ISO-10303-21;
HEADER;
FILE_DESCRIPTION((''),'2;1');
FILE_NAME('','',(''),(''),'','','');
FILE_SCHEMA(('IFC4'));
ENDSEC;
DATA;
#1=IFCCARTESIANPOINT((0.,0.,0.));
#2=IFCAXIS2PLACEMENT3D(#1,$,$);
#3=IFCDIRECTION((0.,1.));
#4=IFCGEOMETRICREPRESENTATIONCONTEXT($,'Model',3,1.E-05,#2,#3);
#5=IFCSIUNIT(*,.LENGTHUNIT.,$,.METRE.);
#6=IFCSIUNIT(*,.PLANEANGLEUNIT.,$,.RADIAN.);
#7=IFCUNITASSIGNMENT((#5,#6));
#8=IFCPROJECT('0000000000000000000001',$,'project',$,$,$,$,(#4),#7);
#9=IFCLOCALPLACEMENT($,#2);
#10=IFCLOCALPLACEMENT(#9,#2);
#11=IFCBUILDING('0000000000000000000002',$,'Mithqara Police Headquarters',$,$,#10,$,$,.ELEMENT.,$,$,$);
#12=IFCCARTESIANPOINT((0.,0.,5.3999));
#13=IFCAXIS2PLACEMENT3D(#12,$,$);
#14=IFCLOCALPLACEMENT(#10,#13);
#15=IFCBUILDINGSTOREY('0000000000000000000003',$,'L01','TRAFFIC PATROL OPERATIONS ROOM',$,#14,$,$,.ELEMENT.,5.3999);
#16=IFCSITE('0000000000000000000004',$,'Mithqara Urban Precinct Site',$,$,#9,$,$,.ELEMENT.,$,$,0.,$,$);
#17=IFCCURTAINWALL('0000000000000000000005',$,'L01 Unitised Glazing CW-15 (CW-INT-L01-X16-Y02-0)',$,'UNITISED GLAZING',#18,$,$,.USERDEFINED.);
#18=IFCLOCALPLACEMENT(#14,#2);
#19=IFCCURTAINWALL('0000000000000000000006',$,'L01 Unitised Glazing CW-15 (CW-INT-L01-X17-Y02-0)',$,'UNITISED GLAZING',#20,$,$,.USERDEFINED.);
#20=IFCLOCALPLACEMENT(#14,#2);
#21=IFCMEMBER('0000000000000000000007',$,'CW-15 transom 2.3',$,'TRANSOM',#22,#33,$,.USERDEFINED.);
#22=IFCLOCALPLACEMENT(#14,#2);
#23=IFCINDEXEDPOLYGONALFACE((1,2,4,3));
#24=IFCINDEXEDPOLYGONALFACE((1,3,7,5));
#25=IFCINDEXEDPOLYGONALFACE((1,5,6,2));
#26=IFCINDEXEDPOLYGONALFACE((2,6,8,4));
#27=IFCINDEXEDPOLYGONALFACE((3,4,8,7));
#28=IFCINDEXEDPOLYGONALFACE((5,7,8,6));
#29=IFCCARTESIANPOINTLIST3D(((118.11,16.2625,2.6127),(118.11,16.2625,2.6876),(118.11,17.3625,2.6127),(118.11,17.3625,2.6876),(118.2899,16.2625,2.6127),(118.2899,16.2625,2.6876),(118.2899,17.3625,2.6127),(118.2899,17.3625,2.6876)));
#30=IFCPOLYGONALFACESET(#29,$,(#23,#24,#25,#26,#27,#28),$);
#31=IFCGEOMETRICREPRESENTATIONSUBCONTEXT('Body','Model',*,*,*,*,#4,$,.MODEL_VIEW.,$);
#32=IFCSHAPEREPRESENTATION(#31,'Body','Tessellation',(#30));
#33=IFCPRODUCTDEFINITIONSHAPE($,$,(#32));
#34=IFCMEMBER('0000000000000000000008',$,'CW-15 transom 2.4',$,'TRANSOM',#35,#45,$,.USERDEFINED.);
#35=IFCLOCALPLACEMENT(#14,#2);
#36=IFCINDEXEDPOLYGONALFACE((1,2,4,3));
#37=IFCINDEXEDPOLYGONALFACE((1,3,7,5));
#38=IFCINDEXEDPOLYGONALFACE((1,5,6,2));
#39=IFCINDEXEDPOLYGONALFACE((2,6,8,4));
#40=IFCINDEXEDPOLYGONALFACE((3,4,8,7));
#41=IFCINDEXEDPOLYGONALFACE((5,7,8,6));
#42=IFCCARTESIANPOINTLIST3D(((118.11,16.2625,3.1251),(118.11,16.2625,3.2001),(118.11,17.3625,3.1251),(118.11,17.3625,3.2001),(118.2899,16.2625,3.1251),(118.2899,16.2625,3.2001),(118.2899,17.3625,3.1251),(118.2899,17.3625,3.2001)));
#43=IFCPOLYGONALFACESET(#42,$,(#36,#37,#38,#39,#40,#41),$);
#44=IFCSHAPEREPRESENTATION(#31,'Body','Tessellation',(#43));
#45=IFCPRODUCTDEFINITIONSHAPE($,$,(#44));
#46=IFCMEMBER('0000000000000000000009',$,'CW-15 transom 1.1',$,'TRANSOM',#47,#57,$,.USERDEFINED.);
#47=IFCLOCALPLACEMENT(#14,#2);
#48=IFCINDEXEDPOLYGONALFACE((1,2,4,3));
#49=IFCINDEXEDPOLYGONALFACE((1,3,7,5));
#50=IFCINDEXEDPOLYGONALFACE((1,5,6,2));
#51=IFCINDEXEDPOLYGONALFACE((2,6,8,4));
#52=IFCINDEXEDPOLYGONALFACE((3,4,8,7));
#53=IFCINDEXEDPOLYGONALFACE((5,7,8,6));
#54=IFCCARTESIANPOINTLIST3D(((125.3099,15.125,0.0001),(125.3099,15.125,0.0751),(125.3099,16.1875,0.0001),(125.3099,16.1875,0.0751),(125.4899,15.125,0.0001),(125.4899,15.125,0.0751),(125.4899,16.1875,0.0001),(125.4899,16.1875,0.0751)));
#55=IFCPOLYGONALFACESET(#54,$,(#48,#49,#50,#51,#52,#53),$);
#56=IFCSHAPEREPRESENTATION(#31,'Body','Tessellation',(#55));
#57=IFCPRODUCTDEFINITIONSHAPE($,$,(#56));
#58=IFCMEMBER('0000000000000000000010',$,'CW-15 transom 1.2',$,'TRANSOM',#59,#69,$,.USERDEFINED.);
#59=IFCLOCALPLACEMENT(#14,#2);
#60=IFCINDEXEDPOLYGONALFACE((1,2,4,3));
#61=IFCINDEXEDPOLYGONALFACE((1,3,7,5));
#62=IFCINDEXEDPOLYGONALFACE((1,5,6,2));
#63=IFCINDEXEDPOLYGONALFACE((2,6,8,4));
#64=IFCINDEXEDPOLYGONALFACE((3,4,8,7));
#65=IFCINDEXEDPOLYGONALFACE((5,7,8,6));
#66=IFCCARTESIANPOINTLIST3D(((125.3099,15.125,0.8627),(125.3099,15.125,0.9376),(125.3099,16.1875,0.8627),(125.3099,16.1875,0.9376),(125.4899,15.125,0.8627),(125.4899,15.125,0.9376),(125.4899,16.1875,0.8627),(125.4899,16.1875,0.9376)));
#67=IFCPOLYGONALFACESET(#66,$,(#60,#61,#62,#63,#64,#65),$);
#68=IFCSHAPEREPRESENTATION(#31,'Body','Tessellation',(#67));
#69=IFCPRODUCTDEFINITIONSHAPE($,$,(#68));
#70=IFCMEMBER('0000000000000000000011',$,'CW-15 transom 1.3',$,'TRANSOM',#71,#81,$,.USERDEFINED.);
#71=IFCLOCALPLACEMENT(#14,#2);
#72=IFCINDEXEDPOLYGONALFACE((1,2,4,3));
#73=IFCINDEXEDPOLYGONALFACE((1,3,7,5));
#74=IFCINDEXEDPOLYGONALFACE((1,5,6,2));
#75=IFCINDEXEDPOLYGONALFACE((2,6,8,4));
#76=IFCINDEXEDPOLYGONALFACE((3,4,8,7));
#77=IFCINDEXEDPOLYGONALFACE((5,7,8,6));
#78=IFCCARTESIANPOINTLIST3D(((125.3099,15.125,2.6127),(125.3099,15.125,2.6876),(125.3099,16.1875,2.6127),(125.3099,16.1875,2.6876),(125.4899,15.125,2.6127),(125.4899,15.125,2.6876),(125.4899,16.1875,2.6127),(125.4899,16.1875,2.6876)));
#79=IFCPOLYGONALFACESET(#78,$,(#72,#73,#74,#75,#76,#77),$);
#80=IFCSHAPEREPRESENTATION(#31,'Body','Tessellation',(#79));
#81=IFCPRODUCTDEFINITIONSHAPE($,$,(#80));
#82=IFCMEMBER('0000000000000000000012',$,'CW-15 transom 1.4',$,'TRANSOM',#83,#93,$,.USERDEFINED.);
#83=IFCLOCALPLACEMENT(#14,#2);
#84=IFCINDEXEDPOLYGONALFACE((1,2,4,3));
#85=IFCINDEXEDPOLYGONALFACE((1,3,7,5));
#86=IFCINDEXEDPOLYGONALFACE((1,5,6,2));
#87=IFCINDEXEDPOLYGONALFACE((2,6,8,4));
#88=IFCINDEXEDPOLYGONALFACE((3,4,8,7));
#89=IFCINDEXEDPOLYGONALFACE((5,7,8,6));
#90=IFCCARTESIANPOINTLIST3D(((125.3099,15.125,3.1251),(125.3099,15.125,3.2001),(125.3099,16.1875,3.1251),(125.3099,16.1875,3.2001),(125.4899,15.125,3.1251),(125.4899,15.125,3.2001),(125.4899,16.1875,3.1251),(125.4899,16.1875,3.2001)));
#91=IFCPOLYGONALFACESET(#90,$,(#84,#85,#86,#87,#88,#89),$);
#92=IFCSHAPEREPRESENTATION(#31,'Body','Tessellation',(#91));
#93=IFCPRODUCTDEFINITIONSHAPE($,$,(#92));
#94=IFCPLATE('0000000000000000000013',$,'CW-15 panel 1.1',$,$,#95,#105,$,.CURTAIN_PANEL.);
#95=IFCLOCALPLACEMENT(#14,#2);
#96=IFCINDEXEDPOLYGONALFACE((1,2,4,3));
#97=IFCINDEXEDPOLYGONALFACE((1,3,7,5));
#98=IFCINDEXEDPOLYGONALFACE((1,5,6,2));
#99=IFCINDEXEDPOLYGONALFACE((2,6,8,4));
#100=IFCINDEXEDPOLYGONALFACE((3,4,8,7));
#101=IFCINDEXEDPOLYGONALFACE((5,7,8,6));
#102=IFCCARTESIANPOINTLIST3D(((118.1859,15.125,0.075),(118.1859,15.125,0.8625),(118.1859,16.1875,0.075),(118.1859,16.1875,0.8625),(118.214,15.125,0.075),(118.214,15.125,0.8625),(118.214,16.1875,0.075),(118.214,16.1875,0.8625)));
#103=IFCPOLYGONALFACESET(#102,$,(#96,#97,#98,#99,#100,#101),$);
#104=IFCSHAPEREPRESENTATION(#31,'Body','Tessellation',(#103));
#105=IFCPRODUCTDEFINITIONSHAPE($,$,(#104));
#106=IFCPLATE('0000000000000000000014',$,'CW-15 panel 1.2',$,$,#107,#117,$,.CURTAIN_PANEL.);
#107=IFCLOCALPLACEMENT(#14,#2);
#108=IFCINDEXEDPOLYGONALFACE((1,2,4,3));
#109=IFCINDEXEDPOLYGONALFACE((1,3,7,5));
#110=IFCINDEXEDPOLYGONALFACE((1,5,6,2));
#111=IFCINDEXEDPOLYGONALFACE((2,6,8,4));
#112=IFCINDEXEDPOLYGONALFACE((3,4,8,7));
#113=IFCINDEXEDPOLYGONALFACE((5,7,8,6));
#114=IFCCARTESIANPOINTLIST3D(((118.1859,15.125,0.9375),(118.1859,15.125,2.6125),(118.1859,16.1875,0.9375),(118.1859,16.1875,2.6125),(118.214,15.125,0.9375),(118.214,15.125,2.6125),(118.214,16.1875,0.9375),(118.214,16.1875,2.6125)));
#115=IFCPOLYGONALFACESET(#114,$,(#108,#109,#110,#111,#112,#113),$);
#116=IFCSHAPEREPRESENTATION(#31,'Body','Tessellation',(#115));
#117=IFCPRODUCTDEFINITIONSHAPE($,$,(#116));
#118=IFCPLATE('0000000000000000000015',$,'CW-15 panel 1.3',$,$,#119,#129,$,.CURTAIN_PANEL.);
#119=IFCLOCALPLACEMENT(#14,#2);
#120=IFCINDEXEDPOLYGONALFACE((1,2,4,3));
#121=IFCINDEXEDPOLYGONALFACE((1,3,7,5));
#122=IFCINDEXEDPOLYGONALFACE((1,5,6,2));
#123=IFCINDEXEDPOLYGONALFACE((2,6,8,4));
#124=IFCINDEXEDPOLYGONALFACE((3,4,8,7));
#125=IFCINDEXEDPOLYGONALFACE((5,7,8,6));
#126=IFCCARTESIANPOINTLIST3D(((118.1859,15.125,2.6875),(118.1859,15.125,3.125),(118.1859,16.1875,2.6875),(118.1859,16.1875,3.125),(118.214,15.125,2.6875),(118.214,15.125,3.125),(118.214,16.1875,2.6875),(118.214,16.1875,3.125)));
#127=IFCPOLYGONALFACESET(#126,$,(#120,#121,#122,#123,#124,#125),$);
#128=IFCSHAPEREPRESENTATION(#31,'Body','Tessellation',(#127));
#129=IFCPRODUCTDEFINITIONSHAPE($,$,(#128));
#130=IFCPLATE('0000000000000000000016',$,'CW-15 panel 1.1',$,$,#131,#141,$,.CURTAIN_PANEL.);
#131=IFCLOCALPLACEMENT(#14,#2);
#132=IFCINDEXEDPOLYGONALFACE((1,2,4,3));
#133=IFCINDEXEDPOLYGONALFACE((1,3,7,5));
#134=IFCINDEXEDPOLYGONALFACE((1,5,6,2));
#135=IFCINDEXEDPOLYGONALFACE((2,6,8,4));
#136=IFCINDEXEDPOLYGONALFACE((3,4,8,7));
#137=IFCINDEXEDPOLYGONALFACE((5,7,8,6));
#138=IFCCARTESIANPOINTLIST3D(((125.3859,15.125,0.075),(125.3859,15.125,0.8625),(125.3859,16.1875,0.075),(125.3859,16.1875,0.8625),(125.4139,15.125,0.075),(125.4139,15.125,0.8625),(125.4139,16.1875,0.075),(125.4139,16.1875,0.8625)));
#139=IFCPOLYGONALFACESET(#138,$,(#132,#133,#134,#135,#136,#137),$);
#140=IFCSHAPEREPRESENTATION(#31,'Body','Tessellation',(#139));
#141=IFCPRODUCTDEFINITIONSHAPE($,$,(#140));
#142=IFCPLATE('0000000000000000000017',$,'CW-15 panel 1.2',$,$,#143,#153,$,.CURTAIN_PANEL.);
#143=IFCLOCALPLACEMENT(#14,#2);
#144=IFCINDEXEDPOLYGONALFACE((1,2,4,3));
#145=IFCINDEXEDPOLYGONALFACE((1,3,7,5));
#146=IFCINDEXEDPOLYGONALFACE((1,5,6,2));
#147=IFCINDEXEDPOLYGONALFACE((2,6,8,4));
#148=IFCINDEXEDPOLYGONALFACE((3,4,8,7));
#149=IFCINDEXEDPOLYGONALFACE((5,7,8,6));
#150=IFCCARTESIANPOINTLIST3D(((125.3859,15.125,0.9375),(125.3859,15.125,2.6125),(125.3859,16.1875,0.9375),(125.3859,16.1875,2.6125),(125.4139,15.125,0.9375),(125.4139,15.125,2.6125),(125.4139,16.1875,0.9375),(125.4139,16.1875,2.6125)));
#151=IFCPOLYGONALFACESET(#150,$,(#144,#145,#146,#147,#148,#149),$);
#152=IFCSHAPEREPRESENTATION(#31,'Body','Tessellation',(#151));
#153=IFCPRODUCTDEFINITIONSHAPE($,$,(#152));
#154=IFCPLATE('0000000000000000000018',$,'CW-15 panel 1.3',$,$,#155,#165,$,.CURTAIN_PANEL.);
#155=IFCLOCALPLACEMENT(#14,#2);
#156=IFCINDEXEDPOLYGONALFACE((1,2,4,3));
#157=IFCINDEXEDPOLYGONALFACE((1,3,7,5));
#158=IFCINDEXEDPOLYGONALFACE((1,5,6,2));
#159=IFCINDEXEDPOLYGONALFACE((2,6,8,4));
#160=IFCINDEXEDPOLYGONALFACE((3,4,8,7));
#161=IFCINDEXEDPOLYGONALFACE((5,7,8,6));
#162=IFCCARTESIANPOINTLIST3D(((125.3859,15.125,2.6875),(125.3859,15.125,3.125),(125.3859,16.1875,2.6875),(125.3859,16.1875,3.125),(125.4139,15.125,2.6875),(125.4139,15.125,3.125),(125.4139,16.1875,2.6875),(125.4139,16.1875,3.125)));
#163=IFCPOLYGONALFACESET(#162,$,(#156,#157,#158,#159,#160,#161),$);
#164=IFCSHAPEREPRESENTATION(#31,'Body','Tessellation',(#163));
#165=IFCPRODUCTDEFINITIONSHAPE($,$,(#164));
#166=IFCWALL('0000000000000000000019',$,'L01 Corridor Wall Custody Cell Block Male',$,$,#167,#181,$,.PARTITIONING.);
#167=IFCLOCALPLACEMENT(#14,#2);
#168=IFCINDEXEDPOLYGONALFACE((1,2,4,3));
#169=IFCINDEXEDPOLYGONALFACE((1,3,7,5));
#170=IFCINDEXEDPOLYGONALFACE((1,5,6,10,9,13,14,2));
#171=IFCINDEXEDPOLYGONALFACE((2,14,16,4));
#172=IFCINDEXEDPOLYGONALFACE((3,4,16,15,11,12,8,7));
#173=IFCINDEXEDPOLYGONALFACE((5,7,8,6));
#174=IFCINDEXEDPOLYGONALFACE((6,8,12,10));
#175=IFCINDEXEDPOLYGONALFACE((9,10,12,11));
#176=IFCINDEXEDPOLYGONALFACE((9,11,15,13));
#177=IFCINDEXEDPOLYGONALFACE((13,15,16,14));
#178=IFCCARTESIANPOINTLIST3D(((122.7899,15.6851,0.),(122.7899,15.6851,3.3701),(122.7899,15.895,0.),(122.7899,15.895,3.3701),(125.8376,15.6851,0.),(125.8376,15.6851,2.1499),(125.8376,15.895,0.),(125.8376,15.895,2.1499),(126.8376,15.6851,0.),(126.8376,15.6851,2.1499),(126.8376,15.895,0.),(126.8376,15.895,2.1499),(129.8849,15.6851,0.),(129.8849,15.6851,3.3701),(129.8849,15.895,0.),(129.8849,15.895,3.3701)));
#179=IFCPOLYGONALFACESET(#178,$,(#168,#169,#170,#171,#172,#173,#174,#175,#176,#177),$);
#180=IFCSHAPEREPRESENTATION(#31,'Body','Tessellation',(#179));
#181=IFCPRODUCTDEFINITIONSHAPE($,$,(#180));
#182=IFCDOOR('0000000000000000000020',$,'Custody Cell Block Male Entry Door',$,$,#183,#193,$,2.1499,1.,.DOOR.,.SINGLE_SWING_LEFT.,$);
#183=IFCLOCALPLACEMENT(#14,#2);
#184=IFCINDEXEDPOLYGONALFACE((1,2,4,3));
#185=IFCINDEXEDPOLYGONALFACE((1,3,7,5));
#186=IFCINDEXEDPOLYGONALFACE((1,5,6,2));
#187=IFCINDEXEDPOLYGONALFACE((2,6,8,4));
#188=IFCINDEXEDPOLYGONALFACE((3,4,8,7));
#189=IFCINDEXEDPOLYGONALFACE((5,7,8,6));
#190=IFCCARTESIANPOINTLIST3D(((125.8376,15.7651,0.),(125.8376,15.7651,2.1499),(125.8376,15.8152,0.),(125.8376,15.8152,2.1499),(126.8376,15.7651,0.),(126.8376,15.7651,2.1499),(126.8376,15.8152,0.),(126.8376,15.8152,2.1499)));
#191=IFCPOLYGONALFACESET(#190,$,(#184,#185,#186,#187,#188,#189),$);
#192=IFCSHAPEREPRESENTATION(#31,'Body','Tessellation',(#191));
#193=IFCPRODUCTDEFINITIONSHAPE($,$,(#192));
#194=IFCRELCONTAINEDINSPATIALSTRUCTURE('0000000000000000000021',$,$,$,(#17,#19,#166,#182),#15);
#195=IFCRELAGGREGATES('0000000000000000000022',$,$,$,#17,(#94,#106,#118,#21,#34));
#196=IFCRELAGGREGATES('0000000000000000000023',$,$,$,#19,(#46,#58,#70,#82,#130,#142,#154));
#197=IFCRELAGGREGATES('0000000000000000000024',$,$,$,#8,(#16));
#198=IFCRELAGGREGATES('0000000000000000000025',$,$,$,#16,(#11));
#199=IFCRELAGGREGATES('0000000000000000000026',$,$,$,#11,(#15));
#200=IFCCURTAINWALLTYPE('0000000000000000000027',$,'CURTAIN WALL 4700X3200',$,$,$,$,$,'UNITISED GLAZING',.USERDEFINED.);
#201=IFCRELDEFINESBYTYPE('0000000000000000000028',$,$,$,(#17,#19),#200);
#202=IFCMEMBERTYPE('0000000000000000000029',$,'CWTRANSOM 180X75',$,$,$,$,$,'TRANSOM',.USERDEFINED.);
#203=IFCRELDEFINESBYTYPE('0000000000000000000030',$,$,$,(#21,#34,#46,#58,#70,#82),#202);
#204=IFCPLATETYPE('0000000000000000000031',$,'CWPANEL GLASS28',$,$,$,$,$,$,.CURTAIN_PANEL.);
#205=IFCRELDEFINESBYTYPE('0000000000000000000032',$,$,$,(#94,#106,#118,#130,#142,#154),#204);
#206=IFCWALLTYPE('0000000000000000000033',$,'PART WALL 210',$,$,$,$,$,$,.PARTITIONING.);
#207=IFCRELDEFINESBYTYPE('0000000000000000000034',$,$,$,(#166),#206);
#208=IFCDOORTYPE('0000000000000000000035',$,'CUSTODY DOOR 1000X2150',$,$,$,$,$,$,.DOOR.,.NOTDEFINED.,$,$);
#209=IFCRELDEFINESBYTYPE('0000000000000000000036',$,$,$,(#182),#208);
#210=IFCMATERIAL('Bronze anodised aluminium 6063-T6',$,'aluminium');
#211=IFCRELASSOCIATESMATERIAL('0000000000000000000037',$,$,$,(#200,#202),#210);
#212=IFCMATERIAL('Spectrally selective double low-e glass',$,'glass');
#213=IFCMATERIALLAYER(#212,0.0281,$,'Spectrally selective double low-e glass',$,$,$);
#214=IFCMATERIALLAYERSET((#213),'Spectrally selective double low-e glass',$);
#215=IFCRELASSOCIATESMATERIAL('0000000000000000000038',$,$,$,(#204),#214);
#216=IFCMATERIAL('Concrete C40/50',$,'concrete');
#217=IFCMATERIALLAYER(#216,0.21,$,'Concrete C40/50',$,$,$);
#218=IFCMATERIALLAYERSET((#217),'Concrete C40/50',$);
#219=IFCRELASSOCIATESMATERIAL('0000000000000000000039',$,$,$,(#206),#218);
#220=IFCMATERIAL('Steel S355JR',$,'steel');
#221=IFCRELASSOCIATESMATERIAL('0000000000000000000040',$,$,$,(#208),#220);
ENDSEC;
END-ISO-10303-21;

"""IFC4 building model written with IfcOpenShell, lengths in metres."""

from ifc_helpers import new_model, si_unit, direction, frame, frame_2d, origin, origin_2d, place, context, subcontext, project, spatial, rectangle, extrude, material, layer, layer_set, material_profile, profile_set, type_object, element, fill, aggregate, save


model = new_model("IFC4")

# Units and contexts
model_context = context("Model", 3, precision=1e-05, world=origin(), true_north=direction((0.0, 1.0)))
body_context = subcontext(model_context, "Body", "Model", "MODEL_VIEW")
ifc_project = project(units=[si_unit("LENGTHUNIT", "METRE"), si_unit("PLANEANGLEUNIT", "RADIAN")], contexts=[model_context])

# Site, building, storey
site_placement = place(None, origin())
site = spatial("IfcSite", under=ifc_project, at=site_placement, Name="Mithqara Urban Precinct Site", CompositionType="ELEMENT", RefElevation=0.0)
building_placement = place(site_placement, origin())
building = spatial("IfcBuilding", under=site, at=building_placement, Name="Mithqara Police Headquarters", CompositionType="ELEMENT")
storey_placement = place(building_placement, frame((0.0, 0.0, 5.3999)))
storey = spatial("IfcBuildingStorey", under=building, at=storey_placement, Name="L01", Description="TRAFFIC PATROL OPERATIONS ROOM", CompositionType="ELEMENT", Elevation=5.3999)

# Shared definitions
ifc_material_1 = material(Name="Steel S355JR", Category="steel")

# Curtain walls
ifc_material_2 = material(Name="Bronze anodised aluminium 6063-T6", Category="aluminium")
curtain_wall_type = type_object("IfcCurtainWallType", Name="CURTAIN WALL 4700X3200", ElementType="UNITISED GLAZING", PredefinedType="USERDEFINED", material=ifc_material_2)
curtain_wall_1_placement = place(storey_placement, origin())
curtain_wall_1 = element("IfcCurtainWall", 1, at=curtain_wall_1_placement, inside=storey, type_object=curtain_wall_type, Name="L01 Unitised Glazing CW-15 (CW-INT-L01-X16-Y02-0)", ObjectType="UNITISED GLAZING", PredefinedType="USERDEFINED")
curtain_wall_2_placement = place(storey_placement, origin())
curtain_wall_2 = element("IfcCurtainWall", 2, at=curtain_wall_2_placement, inside=storey, type_object=curtain_wall_type, Name="L01 Unitised Glazing CW-15 (CW-INT-L01-X17-Y02-0)", ObjectType="UNITISED GLAZING", PredefinedType="USERDEFINED")

# Members
ifc_material_profile_1 = material_profile(ifc_material_2, rectangle(XDim=0.1799, YDim=0.075, at=origin_2d()), Name="CWT 180x75")
ifc_profile_set_1 = profile_set([ifc_material_profile_1], Name="Bronze anodised aluminium 6063-T6")
member_type_1 = type_object("IfcMemberType", Name="CWTRANSOM 180X75", ElementType="TRANSOM", PredefinedType="USERDEFINED", material=ifc_profile_set_1)
member_1_placement = place(storey_placement, frame((118.2, 16.2625, 2.6501), z_axis=(0.0, 1.0, 0.0), x_axis=(-1.0, 0.0, 0.0)))
member_1 = element("IfcMember", 3, at=member_1_placement, type_object=member_type_1, Name="CW-15 transom 2.3", ObjectType="TRANSOM", PredefinedType="USERDEFINED", context=body_context, shape_type="SweptSolid", body=[
    extrude(rectangle(XDim=0.1799, YDim=0.075, at=origin_2d()), origin(), (0.0, 0.0, 1.0), 1.1001),
])
member_2_placement = place(storey_placement, frame((118.2, 16.2625, 3.1626), z_axis=(0.0, 1.0, 0.0), x_axis=(-1.0, 0.0, 0.0)))
member_2 = element("IfcMember", 4, at=member_2_placement, type_object=member_type_1, Name="CW-15 transom 2.4", ObjectType="TRANSOM", PredefinedType="USERDEFINED", context=body_context, shape_type="SweptSolid", body=[
    extrude(rectangle(XDim=0.1799, YDim=0.075, at=origin_2d()), origin(), (0.0, 0.0, 1.0), 1.1001),
])
member_3_placement = place(storey_placement, frame((125.3999, 15.125, 0.0376), z_axis=(0.0, 1.0, 0.0), x_axis=(-1.0, 0.0, 0.0)))
member_3 = element("IfcMember", 5, at=member_3_placement, type_object=member_type_1, Name="CW-15 transom 1.1", ObjectType="TRANSOM", PredefinedType="USERDEFINED", context=body_context, shape_type="SweptSolid", body=[
    extrude(rectangle(XDim=0.1799, YDim=0.075, at=origin_2d()), origin(), (0.0, 0.0, 1.0), 1.0625),
])
member_4_placement = place(storey_placement, frame((125.3999, 15.125, 0.9001), z_axis=(0.0, 1.0, 0.0), x_axis=(-1.0, 0.0, 0.0)))
member_4 = element("IfcMember", 6, at=member_4_placement, type_object=member_type_1, Name="CW-15 transom 1.2", ObjectType="TRANSOM", PredefinedType="USERDEFINED", context=body_context, shape_type="SweptSolid", body=[
    extrude(rectangle(XDim=0.1799, YDim=0.075, at=origin_2d()), origin(), (0.0, 0.0, 1.0), 1.0625),
])
member_5_placement = place(storey_placement, frame((125.3999, 15.125, 2.6501), z_axis=(0.0, 1.0, 0.0), x_axis=(-1.0, 0.0, 0.0)))
member_5 = element("IfcMember", 7, at=member_5_placement, type_object=member_type_1, Name="CW-15 transom 1.3", ObjectType="TRANSOM", PredefinedType="USERDEFINED", context=body_context, shape_type="SweptSolid", body=[
    extrude(rectangle(XDim=0.1799, YDim=0.075, at=origin_2d()), origin(), (0.0, 0.0, 1.0), 1.0625),
])
member_6_placement = place(storey_placement, frame((125.3999, 15.125, 3.1626), z_axis=(0.0, 1.0, 0.0), x_axis=(-1.0, 0.0, 0.0)))
member_6 = element("IfcMember", 8, at=member_6_placement, type_object=member_type_1, Name="CW-15 transom 1.4", ObjectType="TRANSOM", PredefinedType="USERDEFINED", context=body_context, shape_type="SweptSolid", body=[
    extrude(rectangle(XDim=0.1799, YDim=0.075, at=origin_2d()), origin(), (0.0, 0.0, 1.0), 1.0625),
])

# Plates
ifc_material_3 = material(Name="Spectrally selective double low-e glass", Category="glass")
ifc_layer_1 = layer(ifc_material_3, 0.0281, Name="Spectrally selective double low-e glass")
ifc_layer_set_1 = layer_set([ifc_layer_1], Name="Spectrally selective double low-e glass")
plate_type = type_object("IfcPlateType", Name="CWPANEL GLASS28", PredefinedType="CURTAIN_PANEL", material=ifc_layer_set_1)
plate_1_placement = place(storey_placement, frame((118.2, 15.6562, 0.075), z_axis=(0.0, 0.0, 1.0), x_axis=(0.0, 1.0, 0.0)))
plate_1 = element("IfcPlate", 9, at=plate_1_placement, type_object=plate_type, Name="CW-15 panel 1.1", PredefinedType="CURTAIN_PANEL", context=body_context, shape_type="SweptSolid", body=[
    extrude(rectangle(XDim=1.0625, YDim=0.0281, at=origin_2d()), origin(), (0.0, 0.0, 1.0), 0.7876),
])
plate_2_placement = place(storey_placement, frame((118.2, 15.6562, 0.9375), z_axis=(0.0, 0.0, 1.0), x_axis=(0.0, 1.0, 0.0)))
plate_2 = element("IfcPlate", 10, at=plate_2_placement, type_object=plate_type, Name="CW-15 panel 1.2", PredefinedType="CURTAIN_PANEL", context=body_context, shape_type="SweptSolid", body=[
    extrude(rectangle(XDim=1.0625, YDim=0.0281, at=origin_2d()), origin(), (0.0, 0.0, 1.0), 1.675),
])
plate_3_placement = place(storey_placement, frame((118.2, 15.6562, 2.6875), z_axis=(0.0, 0.0, 1.0), x_axis=(0.0, 1.0, 0.0)))
plate_3 = element("IfcPlate", 11, at=plate_3_placement, type_object=plate_type, Name="CW-15 panel 1.3", PredefinedType="CURTAIN_PANEL", context=body_context, shape_type="SweptSolid", body=[
    extrude(rectangle(XDim=1.0625, YDim=0.0281, at=origin_2d()), origin(), (0.0, 0.0, 1.0), 0.4375),
])
aggregate(curtain_wall_1, [plate_1, plate_2, plate_3, member_1, member_2])
plate_4_placement = place(storey_placement, frame((125.3999, 15.6562, 0.075), z_axis=(0.0, 0.0, 1.0), x_axis=(0.0, 1.0, 0.0)))
plate_4 = element("IfcPlate", 12, at=plate_4_placement, type_object=plate_type, Name="CW-15 panel 1.1", PredefinedType="CURTAIN_PANEL", context=body_context, shape_type="SweptSolid", body=[
    extrude(rectangle(XDim=1.0625, YDim=0.0281, at=origin_2d()), origin(), (0.0, 0.0, 1.0), 0.7876),
])
plate_5_placement = place(storey_placement, frame((125.3999, 15.6562, 0.9375), z_axis=(0.0, 0.0, 1.0), x_axis=(0.0, 1.0, 0.0)))
plate_5 = element("IfcPlate", 13, at=plate_5_placement, type_object=plate_type, Name="CW-15 panel 1.2", PredefinedType="CURTAIN_PANEL", context=body_context, shape_type="SweptSolid", body=[
    extrude(rectangle(XDim=1.0625, YDim=0.0281, at=origin_2d()), origin(), (0.0, 0.0, 1.0), 1.675),
])
plate_6_placement = place(storey_placement, frame((125.3999, 15.6562, 2.6875), z_axis=(0.0, 0.0, 1.0), x_axis=(0.0, 1.0, 0.0)))
plate_6 = element("IfcPlate", 14, at=plate_6_placement, type_object=plate_type, Name="CW-15 panel 1.3", PredefinedType="CURTAIN_PANEL", context=body_context, shape_type="SweptSolid", body=[
    extrude(rectangle(XDim=1.0625, YDim=0.0281, at=origin_2d()), origin(), (0.0, 0.0, 1.0), 0.4375),
])
aggregate(curtain_wall_2, [member_3, member_4, member_5, member_6, plate_4, plate_5, plate_6])

# Wall, opening, door
ifc_material_4 = material(Name="Concrete C40/50", Category="concrete")
ifc_layer_2 = layer(ifc_material_4, 0.21, Name="Concrete C40/50")
ifc_layer_set_2 = layer_set([ifc_layer_2], Name="Concrete C40/50")
wall_type = type_object("IfcWallType", Name="PART WALL 210", PredefinedType="PARTITIONING", material=ifc_layer_set_2)
wall_placement = place(storey_placement, frame((122.79, 15.79, 0.0), z_axis=(0.0, 0.0, 1.0), x_axis=(1.0, 0.0, 0.0)))
wall = element("IfcWall", 15, at=wall_placement, inside=storey, type_object=wall_type, Name="L01 Corridor Wall Custody Cell Block Male", PredefinedType="PARTITIONING", context=body_context, shape_type="SweptSolid", body=[
    extrude(rectangle(XDim=7.095, YDim=0.21, at=frame_2d((3.5474, 0.0))), origin(), (0.0, 0.0, 1.0), 3.3701),
])
opening_placement = place(wall_placement, frame((3.0476, 0.0, 0.0)))
opening = element("IfcOpeningElement", 16, at=opening_placement, cuts=wall, PredefinedType="OPENING", context=body_context, shape_type="SweptSolid", body=[
    extrude(rectangle(XDim=1.0, YDim=2.1499, at=frame_2d((0.5, 1.075))), frame((0.0, 0.115, 0.0), z_axis=(0.0, -1.0, 0.0), x_axis=(1.0, 0.0, 0.0)), (0.0, 0.0, 1.0), 0.23),
])
door_type = type_object("IfcDoorType", Name="CUSTODY DOOR 1000X2150", OperationType="NOTDEFINED", PredefinedType="DOOR", material=ifc_material_1)
door_placement = place(opening_placement, frame((1.0, 0.0, 0.0), z_axis=(0.0, 0.0, 1.0), x_axis=(-1.0, 0.0, 0.0)))
door = element("IfcDoor", 17, at=door_placement, inside=storey, type_object=door_type, Name="Custody Cell Block Male Entry Door", OperationType="SINGLE_SWING_LEFT", OverallHeight=2.1499, OverallWidth=1.0, PredefinedType="DOOR", context=body_context, shape_type="SweptSolid", body=[
    extrude(rectangle(XDim=1.0, YDim=2.1499, at=frame_2d((0.5, 1.075))), frame((0.0, 0.0249, 0.0), z_axis=(0.0, -1.0, 0.0), x_axis=(1.0, 0.0, 0.0)), (0.0, 0.0, 1.0), 0.05),
])
fill(opening, door)

save(model, "model.ifc")
